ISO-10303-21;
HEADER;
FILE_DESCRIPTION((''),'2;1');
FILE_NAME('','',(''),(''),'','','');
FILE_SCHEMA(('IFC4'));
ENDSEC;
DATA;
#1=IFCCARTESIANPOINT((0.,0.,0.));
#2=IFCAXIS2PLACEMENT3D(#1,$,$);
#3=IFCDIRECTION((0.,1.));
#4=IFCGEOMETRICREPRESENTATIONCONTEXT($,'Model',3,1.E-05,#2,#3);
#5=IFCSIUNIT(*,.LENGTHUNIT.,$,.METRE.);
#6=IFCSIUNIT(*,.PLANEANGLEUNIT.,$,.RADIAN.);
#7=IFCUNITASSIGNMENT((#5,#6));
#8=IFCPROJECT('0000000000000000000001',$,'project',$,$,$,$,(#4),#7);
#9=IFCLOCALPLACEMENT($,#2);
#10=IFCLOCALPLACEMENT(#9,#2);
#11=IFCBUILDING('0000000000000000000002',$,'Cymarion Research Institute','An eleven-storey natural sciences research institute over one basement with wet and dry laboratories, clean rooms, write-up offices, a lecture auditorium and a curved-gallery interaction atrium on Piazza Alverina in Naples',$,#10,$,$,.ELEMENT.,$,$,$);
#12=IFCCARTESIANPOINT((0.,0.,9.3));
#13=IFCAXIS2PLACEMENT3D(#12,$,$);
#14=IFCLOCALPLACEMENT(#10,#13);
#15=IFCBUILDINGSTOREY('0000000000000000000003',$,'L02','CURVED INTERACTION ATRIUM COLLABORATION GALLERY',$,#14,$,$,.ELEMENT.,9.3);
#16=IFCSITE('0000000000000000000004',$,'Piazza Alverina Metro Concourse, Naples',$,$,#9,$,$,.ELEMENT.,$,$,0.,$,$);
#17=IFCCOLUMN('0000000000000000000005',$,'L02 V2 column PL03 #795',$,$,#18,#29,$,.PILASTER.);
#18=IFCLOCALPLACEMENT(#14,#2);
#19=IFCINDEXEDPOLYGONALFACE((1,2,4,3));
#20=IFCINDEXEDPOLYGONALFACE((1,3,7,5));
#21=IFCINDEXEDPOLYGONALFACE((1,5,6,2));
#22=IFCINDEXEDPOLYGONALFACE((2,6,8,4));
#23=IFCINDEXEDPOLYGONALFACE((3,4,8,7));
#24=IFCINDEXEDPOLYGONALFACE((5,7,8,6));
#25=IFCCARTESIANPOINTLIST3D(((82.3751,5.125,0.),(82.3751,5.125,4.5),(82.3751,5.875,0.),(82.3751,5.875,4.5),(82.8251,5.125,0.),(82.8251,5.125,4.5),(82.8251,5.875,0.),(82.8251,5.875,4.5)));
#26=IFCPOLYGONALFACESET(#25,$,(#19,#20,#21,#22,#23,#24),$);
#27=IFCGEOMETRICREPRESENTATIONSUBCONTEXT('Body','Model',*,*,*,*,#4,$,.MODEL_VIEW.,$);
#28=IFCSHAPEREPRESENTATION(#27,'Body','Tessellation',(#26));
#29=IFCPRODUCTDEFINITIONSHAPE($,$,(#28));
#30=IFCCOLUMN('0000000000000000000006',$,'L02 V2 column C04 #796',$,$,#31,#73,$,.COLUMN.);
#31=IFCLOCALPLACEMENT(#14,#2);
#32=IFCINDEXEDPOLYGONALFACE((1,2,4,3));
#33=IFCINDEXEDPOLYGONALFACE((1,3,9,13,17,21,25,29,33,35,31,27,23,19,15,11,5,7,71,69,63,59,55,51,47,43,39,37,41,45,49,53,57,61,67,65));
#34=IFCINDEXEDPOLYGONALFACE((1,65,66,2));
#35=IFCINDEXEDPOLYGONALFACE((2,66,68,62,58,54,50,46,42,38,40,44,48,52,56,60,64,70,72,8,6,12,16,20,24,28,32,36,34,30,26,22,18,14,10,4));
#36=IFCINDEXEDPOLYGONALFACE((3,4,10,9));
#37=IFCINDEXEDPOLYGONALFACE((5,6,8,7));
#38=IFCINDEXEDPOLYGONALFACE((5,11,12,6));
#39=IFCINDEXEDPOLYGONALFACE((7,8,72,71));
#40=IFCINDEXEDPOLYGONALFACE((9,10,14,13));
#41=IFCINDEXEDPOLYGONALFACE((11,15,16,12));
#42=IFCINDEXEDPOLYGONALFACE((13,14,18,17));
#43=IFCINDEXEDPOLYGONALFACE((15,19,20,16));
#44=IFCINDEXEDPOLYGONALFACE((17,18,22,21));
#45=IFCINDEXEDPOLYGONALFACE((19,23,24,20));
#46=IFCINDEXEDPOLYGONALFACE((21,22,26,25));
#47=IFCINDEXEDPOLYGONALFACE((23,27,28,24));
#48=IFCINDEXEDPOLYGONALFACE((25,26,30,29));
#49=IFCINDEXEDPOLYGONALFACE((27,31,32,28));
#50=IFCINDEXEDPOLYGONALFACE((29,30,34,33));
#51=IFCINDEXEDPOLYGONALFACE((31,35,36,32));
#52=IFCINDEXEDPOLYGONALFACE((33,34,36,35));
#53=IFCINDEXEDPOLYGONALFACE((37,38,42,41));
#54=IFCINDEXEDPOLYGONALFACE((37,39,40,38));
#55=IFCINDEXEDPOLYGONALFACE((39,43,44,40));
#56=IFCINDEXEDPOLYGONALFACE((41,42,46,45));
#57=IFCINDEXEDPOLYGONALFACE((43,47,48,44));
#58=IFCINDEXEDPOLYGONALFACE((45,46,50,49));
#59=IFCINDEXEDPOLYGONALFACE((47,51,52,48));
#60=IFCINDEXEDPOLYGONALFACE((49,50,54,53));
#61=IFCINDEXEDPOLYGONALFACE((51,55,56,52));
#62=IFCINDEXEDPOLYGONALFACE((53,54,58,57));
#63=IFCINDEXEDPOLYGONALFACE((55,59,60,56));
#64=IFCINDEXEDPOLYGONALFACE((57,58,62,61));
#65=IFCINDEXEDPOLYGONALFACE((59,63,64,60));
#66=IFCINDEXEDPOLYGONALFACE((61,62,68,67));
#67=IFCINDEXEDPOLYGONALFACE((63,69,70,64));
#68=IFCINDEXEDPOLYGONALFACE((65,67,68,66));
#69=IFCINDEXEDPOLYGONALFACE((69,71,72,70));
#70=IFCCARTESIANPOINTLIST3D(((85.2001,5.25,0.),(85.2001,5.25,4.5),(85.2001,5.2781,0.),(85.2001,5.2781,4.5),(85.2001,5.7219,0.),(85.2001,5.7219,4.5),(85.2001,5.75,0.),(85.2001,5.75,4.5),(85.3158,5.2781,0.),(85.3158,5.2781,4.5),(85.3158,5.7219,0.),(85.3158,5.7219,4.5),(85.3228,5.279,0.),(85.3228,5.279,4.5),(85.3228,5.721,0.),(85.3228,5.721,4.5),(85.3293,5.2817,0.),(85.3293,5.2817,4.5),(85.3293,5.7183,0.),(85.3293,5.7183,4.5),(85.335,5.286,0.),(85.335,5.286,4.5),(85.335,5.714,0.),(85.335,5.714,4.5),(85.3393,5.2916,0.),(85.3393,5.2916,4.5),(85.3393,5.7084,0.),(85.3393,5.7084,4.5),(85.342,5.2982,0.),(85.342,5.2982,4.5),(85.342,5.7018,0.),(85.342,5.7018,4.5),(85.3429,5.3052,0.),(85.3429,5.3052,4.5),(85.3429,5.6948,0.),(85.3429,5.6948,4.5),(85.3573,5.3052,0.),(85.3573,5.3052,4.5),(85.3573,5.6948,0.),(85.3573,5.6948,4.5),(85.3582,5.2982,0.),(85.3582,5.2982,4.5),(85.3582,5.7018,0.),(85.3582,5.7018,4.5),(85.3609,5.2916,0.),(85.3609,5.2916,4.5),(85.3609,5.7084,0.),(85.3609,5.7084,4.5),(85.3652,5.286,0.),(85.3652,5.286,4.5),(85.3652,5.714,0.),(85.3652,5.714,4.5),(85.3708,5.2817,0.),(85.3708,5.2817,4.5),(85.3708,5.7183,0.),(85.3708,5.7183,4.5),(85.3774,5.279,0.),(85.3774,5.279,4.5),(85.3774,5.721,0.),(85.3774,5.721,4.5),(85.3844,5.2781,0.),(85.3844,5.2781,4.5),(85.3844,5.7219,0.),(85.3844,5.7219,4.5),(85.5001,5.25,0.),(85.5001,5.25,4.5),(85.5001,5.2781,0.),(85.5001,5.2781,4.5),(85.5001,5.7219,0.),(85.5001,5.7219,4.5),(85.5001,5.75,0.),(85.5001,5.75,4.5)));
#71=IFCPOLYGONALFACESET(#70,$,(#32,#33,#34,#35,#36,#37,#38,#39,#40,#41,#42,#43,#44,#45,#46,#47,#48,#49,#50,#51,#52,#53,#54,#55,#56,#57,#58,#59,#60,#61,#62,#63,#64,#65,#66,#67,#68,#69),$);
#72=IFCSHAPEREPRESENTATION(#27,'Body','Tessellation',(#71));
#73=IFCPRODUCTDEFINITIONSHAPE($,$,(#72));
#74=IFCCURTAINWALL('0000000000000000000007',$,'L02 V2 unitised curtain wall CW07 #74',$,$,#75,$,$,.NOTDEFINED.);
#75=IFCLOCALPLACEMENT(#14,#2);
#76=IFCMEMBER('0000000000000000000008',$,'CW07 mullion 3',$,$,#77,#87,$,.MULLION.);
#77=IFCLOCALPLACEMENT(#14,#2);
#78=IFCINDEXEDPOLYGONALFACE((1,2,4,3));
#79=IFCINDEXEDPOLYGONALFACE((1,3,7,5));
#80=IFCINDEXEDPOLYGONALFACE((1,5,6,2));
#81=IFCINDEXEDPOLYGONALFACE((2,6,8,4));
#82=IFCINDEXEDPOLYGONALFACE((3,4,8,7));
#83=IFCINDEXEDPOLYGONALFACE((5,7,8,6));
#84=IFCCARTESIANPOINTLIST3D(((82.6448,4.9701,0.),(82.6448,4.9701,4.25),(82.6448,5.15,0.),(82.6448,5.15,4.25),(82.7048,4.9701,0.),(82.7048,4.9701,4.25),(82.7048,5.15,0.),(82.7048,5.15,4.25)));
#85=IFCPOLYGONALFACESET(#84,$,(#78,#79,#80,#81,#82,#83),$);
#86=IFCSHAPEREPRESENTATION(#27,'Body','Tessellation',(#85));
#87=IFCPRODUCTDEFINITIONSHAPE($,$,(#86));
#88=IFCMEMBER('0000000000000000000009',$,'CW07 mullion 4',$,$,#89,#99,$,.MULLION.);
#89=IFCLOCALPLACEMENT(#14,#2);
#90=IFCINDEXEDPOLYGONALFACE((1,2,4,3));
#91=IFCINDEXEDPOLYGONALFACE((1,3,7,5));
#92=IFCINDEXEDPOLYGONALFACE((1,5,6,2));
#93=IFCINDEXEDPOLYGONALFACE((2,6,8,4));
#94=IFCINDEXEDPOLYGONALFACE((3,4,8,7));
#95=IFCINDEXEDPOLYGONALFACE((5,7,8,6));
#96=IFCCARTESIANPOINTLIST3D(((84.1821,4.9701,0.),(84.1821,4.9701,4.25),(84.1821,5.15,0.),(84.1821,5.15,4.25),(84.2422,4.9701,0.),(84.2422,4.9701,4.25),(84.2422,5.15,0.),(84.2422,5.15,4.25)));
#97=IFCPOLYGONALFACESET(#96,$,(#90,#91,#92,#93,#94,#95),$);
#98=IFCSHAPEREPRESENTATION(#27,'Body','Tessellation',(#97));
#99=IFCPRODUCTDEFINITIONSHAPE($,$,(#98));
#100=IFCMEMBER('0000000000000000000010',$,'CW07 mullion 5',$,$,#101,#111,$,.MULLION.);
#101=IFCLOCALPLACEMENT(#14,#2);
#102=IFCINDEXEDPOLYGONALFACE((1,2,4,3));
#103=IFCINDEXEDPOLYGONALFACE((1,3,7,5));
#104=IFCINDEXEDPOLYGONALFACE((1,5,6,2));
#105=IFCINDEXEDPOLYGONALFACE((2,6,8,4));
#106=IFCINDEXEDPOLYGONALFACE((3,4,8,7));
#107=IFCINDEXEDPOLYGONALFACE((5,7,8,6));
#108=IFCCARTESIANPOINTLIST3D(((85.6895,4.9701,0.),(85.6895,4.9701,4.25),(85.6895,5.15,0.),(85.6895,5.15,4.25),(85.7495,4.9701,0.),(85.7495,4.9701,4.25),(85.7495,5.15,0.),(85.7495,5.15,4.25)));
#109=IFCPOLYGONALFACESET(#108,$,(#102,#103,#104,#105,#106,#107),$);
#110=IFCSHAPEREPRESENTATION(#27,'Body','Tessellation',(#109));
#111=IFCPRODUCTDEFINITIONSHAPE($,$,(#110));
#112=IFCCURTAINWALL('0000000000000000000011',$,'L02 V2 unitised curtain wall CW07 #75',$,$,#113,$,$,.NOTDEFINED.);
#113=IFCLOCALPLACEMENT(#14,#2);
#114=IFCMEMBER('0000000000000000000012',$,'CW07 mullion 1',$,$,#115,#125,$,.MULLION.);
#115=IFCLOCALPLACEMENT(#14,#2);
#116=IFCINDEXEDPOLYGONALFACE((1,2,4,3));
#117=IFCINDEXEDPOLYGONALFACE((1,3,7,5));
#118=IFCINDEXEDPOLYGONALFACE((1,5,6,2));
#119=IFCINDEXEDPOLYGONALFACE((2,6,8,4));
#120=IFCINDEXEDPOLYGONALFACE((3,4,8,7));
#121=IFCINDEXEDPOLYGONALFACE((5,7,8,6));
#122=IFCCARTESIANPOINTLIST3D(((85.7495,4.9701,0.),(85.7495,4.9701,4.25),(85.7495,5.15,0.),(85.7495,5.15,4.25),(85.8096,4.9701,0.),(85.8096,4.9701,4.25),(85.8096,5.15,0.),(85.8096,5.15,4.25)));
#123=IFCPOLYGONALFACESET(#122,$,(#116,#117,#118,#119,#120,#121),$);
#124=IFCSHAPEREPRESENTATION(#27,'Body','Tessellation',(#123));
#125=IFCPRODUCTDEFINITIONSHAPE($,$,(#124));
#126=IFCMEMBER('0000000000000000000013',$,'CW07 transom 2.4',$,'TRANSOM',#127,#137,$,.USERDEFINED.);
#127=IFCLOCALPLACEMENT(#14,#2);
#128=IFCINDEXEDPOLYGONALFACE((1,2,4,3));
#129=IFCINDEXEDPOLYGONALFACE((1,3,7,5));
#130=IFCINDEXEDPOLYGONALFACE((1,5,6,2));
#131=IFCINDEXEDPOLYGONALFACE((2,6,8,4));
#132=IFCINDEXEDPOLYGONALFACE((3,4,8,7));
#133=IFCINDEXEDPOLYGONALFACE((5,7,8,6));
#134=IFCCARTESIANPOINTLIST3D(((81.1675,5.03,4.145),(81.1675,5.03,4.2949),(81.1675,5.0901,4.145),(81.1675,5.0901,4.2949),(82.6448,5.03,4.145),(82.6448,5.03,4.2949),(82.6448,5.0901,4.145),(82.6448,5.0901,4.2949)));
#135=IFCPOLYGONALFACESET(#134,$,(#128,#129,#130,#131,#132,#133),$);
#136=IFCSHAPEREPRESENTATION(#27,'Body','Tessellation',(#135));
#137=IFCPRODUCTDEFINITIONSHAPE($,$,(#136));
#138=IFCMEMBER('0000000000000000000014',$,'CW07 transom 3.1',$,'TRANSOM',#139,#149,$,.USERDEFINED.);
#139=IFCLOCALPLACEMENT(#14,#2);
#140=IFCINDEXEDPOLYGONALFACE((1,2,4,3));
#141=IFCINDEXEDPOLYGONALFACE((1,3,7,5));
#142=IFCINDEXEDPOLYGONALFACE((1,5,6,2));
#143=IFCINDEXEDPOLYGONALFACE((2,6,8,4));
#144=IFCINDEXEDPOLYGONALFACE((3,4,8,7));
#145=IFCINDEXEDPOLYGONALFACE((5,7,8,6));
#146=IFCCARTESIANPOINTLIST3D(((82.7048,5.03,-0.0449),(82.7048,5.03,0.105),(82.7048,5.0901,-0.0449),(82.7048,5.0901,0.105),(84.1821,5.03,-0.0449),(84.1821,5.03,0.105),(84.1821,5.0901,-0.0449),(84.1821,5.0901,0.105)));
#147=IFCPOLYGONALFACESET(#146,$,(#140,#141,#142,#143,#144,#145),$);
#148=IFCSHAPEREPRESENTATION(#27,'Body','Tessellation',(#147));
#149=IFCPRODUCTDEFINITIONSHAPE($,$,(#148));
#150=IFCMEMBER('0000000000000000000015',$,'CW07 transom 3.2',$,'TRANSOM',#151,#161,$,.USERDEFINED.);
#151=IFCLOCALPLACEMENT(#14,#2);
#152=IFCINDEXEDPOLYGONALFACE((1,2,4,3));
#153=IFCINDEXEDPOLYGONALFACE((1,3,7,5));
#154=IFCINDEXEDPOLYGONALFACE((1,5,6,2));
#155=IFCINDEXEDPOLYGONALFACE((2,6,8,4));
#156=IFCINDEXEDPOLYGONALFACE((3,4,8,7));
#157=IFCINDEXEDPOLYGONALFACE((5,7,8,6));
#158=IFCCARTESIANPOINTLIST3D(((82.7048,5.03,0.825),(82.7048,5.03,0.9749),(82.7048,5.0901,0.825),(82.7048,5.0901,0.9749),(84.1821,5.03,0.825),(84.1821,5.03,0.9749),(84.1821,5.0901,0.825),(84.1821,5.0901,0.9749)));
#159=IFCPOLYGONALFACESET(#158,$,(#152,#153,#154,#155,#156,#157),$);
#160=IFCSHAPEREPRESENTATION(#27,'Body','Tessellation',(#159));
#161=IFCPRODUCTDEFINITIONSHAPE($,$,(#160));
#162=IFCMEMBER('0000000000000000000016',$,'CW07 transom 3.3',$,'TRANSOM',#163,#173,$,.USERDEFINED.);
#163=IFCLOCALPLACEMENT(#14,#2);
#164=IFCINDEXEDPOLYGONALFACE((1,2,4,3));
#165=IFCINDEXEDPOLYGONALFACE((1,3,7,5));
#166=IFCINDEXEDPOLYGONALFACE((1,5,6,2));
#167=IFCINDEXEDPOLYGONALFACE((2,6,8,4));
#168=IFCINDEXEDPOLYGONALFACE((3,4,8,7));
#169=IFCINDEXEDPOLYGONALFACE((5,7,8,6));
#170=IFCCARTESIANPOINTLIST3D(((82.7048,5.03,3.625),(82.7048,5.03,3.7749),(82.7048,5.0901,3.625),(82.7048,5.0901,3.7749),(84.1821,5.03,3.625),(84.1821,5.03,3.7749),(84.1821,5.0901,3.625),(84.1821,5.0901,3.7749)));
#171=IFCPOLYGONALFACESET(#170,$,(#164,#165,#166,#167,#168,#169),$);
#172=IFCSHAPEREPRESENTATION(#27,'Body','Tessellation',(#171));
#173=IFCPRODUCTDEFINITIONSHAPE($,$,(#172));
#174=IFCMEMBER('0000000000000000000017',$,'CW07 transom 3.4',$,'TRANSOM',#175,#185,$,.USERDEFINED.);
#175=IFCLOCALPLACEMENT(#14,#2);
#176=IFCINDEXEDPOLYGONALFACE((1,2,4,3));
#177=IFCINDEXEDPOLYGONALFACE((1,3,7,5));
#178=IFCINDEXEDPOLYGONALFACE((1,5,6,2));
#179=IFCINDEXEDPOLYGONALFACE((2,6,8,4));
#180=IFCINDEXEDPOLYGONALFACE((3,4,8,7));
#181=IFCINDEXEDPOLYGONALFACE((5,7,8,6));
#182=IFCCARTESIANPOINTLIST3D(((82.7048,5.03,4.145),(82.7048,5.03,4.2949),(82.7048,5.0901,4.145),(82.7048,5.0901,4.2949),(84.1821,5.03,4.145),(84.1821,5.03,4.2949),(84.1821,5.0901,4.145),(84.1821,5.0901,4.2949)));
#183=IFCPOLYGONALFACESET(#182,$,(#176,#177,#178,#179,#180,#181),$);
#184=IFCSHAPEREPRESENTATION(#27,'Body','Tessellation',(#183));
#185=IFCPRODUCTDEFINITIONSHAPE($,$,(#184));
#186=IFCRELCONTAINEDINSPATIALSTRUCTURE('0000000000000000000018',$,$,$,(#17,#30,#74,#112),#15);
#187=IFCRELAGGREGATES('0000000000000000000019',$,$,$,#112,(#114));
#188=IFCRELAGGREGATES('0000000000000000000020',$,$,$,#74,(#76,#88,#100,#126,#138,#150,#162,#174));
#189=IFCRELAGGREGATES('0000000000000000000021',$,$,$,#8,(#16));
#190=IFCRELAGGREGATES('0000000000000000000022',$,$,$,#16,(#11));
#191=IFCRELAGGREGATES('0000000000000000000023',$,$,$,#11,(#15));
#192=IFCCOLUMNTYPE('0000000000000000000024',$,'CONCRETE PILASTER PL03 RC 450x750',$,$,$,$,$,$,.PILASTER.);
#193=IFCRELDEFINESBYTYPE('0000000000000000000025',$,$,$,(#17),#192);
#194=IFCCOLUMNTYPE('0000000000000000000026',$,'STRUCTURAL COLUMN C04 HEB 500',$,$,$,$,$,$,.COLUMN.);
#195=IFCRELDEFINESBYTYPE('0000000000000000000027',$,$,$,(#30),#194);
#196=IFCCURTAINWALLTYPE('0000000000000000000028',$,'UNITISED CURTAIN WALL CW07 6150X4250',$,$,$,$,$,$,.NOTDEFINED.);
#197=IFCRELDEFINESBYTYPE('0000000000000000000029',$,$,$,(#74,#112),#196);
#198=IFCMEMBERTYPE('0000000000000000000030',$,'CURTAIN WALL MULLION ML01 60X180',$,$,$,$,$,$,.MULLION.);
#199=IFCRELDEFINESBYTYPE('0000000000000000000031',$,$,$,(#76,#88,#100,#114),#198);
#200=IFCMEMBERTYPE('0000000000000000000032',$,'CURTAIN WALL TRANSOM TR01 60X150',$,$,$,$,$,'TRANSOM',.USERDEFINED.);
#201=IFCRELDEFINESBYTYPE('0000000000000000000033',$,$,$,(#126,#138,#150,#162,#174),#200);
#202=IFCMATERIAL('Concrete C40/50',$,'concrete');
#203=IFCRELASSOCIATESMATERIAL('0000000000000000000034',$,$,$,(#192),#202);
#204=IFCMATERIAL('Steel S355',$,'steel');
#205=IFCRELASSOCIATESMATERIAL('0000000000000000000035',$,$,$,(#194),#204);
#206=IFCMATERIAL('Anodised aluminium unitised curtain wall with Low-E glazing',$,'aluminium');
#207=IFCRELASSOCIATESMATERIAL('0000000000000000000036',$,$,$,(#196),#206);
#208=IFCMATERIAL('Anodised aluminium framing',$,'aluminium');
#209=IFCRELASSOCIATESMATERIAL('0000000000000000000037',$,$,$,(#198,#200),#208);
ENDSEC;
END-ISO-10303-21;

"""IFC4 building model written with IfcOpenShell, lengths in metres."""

from ifc_helpers import new_model, si_unit, direction, frame, origin, origin_2d, place, context, subcontext, project, spatial, rectangle, i_section, extrude, material, material_profile, profile_set, type_object, element, aggregate, save


model = new_model("IFC4")

# Units and contexts
model_context = context("Model", 3, precision=1e-05, world=origin(), true_north=direction((0.0, 1.0)))
body_context = subcontext(model_context, "Body", "Model", "MODEL_VIEW")
ifc_project = project(units=[si_unit("LENGTHUNIT", "METRE"), si_unit("PLANEANGLEUNIT", "RADIAN")], contexts=[model_context])

# Site, building, storey
site_placement = place(None, origin())
site = spatial("IfcSite", under=ifc_project, at=site_placement, Name="Piazza Alverina Metro Concourse, Naples", CompositionType="ELEMENT", RefElevation=0.0)
building_placement = place(site_placement, origin())
building = spatial("IfcBuilding", under=site, at=building_placement, Name="Cymarion Research Institute", Description="An eleven-storey natural sciences research institute over one basement with wet and dry laboratories, clean rooms, write-up offices, a lecture auditorium and a curved-gallery interaction atrium on Piazza Alverina in Naples", CompositionType="ELEMENT")
storey_placement = place(building_placement, frame((0.0, 0.0, 9.3)))
storey = spatial("IfcBuildingStorey", under=building, at=storey_placement, Name="L02", Description="CURVED INTERACTION ATRIUM COLLABORATION GALLERY", CompositionType="ELEMENT", Elevation=9.3)

# Columns
ifc_material_1 = material(Name="Concrete C40/50", Category="concrete")
ifc_material_profile_1 = material_profile(ifc_material_1, rectangle(XDim=0.45, YDim=0.75, at=origin_2d()), Name="RC 450x750")
ifc_profile_set_1 = profile_set([ifc_material_profile_1], Name="Concrete C40/50")
column_type_1 = type_object("IfcColumnType", Name="CONCRETE PILASTER PL03 RC 450x750", PredefinedType="PILASTER", material=ifc_profile_set_1)
column_1_placement = place(storey_placement, frame((82.6001, 5.5, 0.0), z_axis=(0.0, 0.0, 1.0), x_axis=(1.0, 0.0, 0.0)))
element("IfcColumn", 1, at=column_1_placement, inside=storey, type_object=column_type_1, Name="L02 V2 column PL03 #795", PredefinedType="PILASTER", context=body_context, shape_type="SweptSolid", body=[
    extrude(rectangle(XDim=0.45, YDim=0.75, at=origin_2d()), origin(), (0.0, 0.0, 1.0), 4.5),
])
ifc_material_2 = material(Name="Steel S355", Category="steel")
ifc_material_profile_2 = material_profile(ifc_material_2, i_section(OverallWidth=0.3, OverallDepth=0.5, WebThickness=0.0144, FlangeThickness=0.0281, FilletRadius=0.0271, at=origin_2d()), Name="HEB 500")
ifc_profile_set_2 = profile_set([ifc_material_profile_2], Name="Steel S355")
column_type_2 = type_object("IfcColumnType", Name="STRUCTURAL COLUMN C04 HEB 500", PredefinedType="COLUMN", material=ifc_profile_set_2)
column_2_placement = place(storey_placement, frame((85.3501, 5.5, 0.0), z_axis=(0.0, 0.0, 1.0), x_axis=(1.0, 0.0, 0.0)))
element("IfcColumn", 2, at=column_2_placement, inside=storey, type_object=column_type_2, Name="L02 V2 column C04 #796", PredefinedType="COLUMN", context=body_context, shape_type="SweptSolid", body=[
    extrude(i_section(OverallWidth=0.3, OverallDepth=0.5, WebThickness=0.0144, FlangeThickness=0.0281, FilletRadius=0.0271, at=origin_2d()), origin(), (0.0, 0.0, 1.0), 4.5),
])

# Curtain wall, members
ifc_material_3 = material(Name="Anodised aluminium unitised curtain wall with Low-E glazing", Category="aluminium")
curtain_wall_type = type_object("IfcCurtainWallType", Name="UNITISED CURTAIN WALL CW07 6150X4250", PredefinedType="NOTDEFINED", material=ifc_material_3)
curtain_wall_1_placement = place(storey_placement, origin())
curtain_wall_1 = element("IfcCurtainWall", 3, at=curtain_wall_1_placement, inside=storey, type_object=curtain_wall_type, Name="L02 V2 unitised curtain wall CW07 #74", PredefinedType="NOTDEFINED")
ifc_material_4 = material(Name="Anodised aluminium framing", Category="aluminium")
ifc_material_profile_3 = material_profile(ifc_material_4, rectangle(XDim=0.0601, YDim=0.1799, at=origin_2d()), Name="ALU MULLION 60x180")
ifc_profile_set_3 = profile_set([ifc_material_profile_3], Name="Anodised aluminium framing")
member_type_1 = type_object("IfcMemberType", Name="CURTAIN WALL MULLION ML01 60X180", PredefinedType="MULLION", material=ifc_profile_set_3)
member_1_placement = place(storey_placement, frame((82.6748, 5.0601, 0.0), z_axis=(0.0, 0.0, 1.0), x_axis=(1.0, 0.0, 0.0)))
member_1 = element("IfcMember", 4, at=member_1_placement, type_object=member_type_1, Name="CW07 mullion 3", PredefinedType="MULLION", context=body_context, shape_type="SweptSolid", body=[
    extrude(rectangle(XDim=0.0601, YDim=0.1799, at=origin_2d()), origin(), (0.0, 0.0, 1.0), 4.25),
])
member_2_placement = place(storey_placement, frame((84.2122, 5.0601, 0.0), z_axis=(0.0, 0.0, 1.0), x_axis=(1.0, 0.0, 0.0)))
member_2 = element("IfcMember", 5, at=member_2_placement, type_object=member_type_1, Name="CW07 mullion 4", PredefinedType="MULLION", context=body_context, shape_type="SweptSolid", body=[
    extrude(rectangle(XDim=0.0601, YDim=0.1799, at=origin_2d()), origin(), (0.0, 0.0, 1.0), 4.25),
])
member_3_placement = place(storey_placement, frame((85.7195, 5.0601, 0.0), z_axis=(0.0, 0.0, 1.0), x_axis=(1.0, 0.0, 0.0)))
member_3 = element("IfcMember", 6, at=member_3_placement, type_object=member_type_1, Name="CW07 mullion 5", PredefinedType="MULLION", context=body_context, shape_type="SweptSolid", body=[
    extrude(rectangle(XDim=0.0601, YDim=0.1799, at=origin_2d()), origin(), (0.0, 0.0, 1.0), 4.25),
])

# Curtain wall, member
curtain_wall_2_placement = place(storey_placement, origin())
curtain_wall_2 = element("IfcCurtainWall", 7, at=curtain_wall_2_placement, inside=storey, type_object=curtain_wall_type, Name="L02 V2 unitised curtain wall CW07 #75", PredefinedType="NOTDEFINED")
member_4_placement = place(storey_placement, frame((85.7795, 5.0601, 0.0), z_axis=(0.0, 0.0, 1.0), x_axis=(1.0, 0.0, 0.0)))
member_4 = element("IfcMember", 8, at=member_4_placement, type_object=member_type_1, Name="CW07 mullion 1", PredefinedType="MULLION", context=body_context, shape_type="SweptSolid", body=[
    extrude(rectangle(XDim=0.0601, YDim=0.1799, at=origin_2d()), origin(), (0.0, 0.0, 1.0), 4.25),
])

# Members
ifc_material_profile_4 = material_profile(ifc_material_4, rectangle(XDim=0.0601, YDim=0.1499, at=origin_2d()), Name="ALU TRANSOM 60x150")
ifc_profile_set_4 = profile_set([ifc_material_profile_4], Name="Anodised aluminium framing")
member_type_2 = type_object("IfcMemberType", Name="CURTAIN WALL TRANSOM TR01 60X150", ElementType="TRANSOM", PredefinedType="USERDEFINED", material=ifc_profile_set_4)
member_5_placement = place(storey_placement, frame((81.1675, 5.0601, 4.22), z_axis=(1.0, 0.0, 0.0), x_axis=(0.0, 1.0, 0.0)))
member_5 = element("IfcMember", 9, at=member_5_placement, type_object=member_type_2, Name="CW07 transom 2.4", ObjectType="TRANSOM", PredefinedType="USERDEFINED", context=body_context, shape_type="SweptSolid", body=[
    extrude(rectangle(XDim=0.0601, YDim=0.1499, at=origin_2d()), origin(), (0.0, 0.0, 1.0), 1.4773),
])
member_6_placement = place(storey_placement, frame((82.7048, 5.0601, 0.03), z_axis=(1.0, 0.0, 0.0), x_axis=(0.0, 1.0, 0.0)))
member_6 = element("IfcMember", 10, at=member_6_placement, type_object=member_type_2, Name="CW07 transom 3.1", ObjectType="TRANSOM", PredefinedType="USERDEFINED", context=body_context, shape_type="SweptSolid", body=[
    extrude(rectangle(XDim=0.0601, YDim=0.1499, at=origin_2d()), origin(), (0.0, 0.0, 1.0), 1.4773),
])
member_7_placement = place(storey_placement, frame((82.7048, 5.0601, 0.8999), z_axis=(1.0, 0.0, 0.0), x_axis=(0.0, 1.0, 0.0)))
member_7 = element("IfcMember", 11, at=member_7_placement, type_object=member_type_2, Name="CW07 transom 3.2", ObjectType="TRANSOM", PredefinedType="USERDEFINED", context=body_context, shape_type="SweptSolid", body=[
    extrude(rectangle(XDim=0.0601, YDim=0.1499, at=origin_2d()), origin(), (0.0, 0.0, 1.0), 1.4773),
])
member_8_placement = place(storey_placement, frame((82.7048, 5.0601, 3.7), z_axis=(1.0, 0.0, 0.0), x_axis=(0.0, 1.0, 0.0)))
member_8 = element("IfcMember", 12, at=member_8_placement, type_object=member_type_2, Name="CW07 transom 3.3", ObjectType="TRANSOM", PredefinedType="USERDEFINED", context=body_context, shape_type="SweptSolid", body=[
    extrude(rectangle(XDim=0.0601, YDim=0.1499, at=origin_2d()), origin(), (0.0, 0.0, 1.0), 1.4773),
])
member_9_placement = place(storey_placement, frame((82.7048, 5.0601, 4.22), z_axis=(1.0, 0.0, 0.0), x_axis=(0.0, 1.0, 0.0)))
member_9 = element("IfcMember", 13, at=member_9_placement, type_object=member_type_2, Name="CW07 transom 3.4", ObjectType="TRANSOM", PredefinedType="USERDEFINED", context=body_context, shape_type="SweptSolid", body=[
    extrude(rectangle(XDim=0.0601, YDim=0.1499, at=origin_2d()), origin(), (0.0, 0.0, 1.0), 1.4773),
])
aggregate(curtain_wall_2, [member_4])

aggregate(curtain_wall_1, [member_1, member_2, member_3, member_5, member_6, member_7, member_8, member_9])

save(model, "model.ifc")
